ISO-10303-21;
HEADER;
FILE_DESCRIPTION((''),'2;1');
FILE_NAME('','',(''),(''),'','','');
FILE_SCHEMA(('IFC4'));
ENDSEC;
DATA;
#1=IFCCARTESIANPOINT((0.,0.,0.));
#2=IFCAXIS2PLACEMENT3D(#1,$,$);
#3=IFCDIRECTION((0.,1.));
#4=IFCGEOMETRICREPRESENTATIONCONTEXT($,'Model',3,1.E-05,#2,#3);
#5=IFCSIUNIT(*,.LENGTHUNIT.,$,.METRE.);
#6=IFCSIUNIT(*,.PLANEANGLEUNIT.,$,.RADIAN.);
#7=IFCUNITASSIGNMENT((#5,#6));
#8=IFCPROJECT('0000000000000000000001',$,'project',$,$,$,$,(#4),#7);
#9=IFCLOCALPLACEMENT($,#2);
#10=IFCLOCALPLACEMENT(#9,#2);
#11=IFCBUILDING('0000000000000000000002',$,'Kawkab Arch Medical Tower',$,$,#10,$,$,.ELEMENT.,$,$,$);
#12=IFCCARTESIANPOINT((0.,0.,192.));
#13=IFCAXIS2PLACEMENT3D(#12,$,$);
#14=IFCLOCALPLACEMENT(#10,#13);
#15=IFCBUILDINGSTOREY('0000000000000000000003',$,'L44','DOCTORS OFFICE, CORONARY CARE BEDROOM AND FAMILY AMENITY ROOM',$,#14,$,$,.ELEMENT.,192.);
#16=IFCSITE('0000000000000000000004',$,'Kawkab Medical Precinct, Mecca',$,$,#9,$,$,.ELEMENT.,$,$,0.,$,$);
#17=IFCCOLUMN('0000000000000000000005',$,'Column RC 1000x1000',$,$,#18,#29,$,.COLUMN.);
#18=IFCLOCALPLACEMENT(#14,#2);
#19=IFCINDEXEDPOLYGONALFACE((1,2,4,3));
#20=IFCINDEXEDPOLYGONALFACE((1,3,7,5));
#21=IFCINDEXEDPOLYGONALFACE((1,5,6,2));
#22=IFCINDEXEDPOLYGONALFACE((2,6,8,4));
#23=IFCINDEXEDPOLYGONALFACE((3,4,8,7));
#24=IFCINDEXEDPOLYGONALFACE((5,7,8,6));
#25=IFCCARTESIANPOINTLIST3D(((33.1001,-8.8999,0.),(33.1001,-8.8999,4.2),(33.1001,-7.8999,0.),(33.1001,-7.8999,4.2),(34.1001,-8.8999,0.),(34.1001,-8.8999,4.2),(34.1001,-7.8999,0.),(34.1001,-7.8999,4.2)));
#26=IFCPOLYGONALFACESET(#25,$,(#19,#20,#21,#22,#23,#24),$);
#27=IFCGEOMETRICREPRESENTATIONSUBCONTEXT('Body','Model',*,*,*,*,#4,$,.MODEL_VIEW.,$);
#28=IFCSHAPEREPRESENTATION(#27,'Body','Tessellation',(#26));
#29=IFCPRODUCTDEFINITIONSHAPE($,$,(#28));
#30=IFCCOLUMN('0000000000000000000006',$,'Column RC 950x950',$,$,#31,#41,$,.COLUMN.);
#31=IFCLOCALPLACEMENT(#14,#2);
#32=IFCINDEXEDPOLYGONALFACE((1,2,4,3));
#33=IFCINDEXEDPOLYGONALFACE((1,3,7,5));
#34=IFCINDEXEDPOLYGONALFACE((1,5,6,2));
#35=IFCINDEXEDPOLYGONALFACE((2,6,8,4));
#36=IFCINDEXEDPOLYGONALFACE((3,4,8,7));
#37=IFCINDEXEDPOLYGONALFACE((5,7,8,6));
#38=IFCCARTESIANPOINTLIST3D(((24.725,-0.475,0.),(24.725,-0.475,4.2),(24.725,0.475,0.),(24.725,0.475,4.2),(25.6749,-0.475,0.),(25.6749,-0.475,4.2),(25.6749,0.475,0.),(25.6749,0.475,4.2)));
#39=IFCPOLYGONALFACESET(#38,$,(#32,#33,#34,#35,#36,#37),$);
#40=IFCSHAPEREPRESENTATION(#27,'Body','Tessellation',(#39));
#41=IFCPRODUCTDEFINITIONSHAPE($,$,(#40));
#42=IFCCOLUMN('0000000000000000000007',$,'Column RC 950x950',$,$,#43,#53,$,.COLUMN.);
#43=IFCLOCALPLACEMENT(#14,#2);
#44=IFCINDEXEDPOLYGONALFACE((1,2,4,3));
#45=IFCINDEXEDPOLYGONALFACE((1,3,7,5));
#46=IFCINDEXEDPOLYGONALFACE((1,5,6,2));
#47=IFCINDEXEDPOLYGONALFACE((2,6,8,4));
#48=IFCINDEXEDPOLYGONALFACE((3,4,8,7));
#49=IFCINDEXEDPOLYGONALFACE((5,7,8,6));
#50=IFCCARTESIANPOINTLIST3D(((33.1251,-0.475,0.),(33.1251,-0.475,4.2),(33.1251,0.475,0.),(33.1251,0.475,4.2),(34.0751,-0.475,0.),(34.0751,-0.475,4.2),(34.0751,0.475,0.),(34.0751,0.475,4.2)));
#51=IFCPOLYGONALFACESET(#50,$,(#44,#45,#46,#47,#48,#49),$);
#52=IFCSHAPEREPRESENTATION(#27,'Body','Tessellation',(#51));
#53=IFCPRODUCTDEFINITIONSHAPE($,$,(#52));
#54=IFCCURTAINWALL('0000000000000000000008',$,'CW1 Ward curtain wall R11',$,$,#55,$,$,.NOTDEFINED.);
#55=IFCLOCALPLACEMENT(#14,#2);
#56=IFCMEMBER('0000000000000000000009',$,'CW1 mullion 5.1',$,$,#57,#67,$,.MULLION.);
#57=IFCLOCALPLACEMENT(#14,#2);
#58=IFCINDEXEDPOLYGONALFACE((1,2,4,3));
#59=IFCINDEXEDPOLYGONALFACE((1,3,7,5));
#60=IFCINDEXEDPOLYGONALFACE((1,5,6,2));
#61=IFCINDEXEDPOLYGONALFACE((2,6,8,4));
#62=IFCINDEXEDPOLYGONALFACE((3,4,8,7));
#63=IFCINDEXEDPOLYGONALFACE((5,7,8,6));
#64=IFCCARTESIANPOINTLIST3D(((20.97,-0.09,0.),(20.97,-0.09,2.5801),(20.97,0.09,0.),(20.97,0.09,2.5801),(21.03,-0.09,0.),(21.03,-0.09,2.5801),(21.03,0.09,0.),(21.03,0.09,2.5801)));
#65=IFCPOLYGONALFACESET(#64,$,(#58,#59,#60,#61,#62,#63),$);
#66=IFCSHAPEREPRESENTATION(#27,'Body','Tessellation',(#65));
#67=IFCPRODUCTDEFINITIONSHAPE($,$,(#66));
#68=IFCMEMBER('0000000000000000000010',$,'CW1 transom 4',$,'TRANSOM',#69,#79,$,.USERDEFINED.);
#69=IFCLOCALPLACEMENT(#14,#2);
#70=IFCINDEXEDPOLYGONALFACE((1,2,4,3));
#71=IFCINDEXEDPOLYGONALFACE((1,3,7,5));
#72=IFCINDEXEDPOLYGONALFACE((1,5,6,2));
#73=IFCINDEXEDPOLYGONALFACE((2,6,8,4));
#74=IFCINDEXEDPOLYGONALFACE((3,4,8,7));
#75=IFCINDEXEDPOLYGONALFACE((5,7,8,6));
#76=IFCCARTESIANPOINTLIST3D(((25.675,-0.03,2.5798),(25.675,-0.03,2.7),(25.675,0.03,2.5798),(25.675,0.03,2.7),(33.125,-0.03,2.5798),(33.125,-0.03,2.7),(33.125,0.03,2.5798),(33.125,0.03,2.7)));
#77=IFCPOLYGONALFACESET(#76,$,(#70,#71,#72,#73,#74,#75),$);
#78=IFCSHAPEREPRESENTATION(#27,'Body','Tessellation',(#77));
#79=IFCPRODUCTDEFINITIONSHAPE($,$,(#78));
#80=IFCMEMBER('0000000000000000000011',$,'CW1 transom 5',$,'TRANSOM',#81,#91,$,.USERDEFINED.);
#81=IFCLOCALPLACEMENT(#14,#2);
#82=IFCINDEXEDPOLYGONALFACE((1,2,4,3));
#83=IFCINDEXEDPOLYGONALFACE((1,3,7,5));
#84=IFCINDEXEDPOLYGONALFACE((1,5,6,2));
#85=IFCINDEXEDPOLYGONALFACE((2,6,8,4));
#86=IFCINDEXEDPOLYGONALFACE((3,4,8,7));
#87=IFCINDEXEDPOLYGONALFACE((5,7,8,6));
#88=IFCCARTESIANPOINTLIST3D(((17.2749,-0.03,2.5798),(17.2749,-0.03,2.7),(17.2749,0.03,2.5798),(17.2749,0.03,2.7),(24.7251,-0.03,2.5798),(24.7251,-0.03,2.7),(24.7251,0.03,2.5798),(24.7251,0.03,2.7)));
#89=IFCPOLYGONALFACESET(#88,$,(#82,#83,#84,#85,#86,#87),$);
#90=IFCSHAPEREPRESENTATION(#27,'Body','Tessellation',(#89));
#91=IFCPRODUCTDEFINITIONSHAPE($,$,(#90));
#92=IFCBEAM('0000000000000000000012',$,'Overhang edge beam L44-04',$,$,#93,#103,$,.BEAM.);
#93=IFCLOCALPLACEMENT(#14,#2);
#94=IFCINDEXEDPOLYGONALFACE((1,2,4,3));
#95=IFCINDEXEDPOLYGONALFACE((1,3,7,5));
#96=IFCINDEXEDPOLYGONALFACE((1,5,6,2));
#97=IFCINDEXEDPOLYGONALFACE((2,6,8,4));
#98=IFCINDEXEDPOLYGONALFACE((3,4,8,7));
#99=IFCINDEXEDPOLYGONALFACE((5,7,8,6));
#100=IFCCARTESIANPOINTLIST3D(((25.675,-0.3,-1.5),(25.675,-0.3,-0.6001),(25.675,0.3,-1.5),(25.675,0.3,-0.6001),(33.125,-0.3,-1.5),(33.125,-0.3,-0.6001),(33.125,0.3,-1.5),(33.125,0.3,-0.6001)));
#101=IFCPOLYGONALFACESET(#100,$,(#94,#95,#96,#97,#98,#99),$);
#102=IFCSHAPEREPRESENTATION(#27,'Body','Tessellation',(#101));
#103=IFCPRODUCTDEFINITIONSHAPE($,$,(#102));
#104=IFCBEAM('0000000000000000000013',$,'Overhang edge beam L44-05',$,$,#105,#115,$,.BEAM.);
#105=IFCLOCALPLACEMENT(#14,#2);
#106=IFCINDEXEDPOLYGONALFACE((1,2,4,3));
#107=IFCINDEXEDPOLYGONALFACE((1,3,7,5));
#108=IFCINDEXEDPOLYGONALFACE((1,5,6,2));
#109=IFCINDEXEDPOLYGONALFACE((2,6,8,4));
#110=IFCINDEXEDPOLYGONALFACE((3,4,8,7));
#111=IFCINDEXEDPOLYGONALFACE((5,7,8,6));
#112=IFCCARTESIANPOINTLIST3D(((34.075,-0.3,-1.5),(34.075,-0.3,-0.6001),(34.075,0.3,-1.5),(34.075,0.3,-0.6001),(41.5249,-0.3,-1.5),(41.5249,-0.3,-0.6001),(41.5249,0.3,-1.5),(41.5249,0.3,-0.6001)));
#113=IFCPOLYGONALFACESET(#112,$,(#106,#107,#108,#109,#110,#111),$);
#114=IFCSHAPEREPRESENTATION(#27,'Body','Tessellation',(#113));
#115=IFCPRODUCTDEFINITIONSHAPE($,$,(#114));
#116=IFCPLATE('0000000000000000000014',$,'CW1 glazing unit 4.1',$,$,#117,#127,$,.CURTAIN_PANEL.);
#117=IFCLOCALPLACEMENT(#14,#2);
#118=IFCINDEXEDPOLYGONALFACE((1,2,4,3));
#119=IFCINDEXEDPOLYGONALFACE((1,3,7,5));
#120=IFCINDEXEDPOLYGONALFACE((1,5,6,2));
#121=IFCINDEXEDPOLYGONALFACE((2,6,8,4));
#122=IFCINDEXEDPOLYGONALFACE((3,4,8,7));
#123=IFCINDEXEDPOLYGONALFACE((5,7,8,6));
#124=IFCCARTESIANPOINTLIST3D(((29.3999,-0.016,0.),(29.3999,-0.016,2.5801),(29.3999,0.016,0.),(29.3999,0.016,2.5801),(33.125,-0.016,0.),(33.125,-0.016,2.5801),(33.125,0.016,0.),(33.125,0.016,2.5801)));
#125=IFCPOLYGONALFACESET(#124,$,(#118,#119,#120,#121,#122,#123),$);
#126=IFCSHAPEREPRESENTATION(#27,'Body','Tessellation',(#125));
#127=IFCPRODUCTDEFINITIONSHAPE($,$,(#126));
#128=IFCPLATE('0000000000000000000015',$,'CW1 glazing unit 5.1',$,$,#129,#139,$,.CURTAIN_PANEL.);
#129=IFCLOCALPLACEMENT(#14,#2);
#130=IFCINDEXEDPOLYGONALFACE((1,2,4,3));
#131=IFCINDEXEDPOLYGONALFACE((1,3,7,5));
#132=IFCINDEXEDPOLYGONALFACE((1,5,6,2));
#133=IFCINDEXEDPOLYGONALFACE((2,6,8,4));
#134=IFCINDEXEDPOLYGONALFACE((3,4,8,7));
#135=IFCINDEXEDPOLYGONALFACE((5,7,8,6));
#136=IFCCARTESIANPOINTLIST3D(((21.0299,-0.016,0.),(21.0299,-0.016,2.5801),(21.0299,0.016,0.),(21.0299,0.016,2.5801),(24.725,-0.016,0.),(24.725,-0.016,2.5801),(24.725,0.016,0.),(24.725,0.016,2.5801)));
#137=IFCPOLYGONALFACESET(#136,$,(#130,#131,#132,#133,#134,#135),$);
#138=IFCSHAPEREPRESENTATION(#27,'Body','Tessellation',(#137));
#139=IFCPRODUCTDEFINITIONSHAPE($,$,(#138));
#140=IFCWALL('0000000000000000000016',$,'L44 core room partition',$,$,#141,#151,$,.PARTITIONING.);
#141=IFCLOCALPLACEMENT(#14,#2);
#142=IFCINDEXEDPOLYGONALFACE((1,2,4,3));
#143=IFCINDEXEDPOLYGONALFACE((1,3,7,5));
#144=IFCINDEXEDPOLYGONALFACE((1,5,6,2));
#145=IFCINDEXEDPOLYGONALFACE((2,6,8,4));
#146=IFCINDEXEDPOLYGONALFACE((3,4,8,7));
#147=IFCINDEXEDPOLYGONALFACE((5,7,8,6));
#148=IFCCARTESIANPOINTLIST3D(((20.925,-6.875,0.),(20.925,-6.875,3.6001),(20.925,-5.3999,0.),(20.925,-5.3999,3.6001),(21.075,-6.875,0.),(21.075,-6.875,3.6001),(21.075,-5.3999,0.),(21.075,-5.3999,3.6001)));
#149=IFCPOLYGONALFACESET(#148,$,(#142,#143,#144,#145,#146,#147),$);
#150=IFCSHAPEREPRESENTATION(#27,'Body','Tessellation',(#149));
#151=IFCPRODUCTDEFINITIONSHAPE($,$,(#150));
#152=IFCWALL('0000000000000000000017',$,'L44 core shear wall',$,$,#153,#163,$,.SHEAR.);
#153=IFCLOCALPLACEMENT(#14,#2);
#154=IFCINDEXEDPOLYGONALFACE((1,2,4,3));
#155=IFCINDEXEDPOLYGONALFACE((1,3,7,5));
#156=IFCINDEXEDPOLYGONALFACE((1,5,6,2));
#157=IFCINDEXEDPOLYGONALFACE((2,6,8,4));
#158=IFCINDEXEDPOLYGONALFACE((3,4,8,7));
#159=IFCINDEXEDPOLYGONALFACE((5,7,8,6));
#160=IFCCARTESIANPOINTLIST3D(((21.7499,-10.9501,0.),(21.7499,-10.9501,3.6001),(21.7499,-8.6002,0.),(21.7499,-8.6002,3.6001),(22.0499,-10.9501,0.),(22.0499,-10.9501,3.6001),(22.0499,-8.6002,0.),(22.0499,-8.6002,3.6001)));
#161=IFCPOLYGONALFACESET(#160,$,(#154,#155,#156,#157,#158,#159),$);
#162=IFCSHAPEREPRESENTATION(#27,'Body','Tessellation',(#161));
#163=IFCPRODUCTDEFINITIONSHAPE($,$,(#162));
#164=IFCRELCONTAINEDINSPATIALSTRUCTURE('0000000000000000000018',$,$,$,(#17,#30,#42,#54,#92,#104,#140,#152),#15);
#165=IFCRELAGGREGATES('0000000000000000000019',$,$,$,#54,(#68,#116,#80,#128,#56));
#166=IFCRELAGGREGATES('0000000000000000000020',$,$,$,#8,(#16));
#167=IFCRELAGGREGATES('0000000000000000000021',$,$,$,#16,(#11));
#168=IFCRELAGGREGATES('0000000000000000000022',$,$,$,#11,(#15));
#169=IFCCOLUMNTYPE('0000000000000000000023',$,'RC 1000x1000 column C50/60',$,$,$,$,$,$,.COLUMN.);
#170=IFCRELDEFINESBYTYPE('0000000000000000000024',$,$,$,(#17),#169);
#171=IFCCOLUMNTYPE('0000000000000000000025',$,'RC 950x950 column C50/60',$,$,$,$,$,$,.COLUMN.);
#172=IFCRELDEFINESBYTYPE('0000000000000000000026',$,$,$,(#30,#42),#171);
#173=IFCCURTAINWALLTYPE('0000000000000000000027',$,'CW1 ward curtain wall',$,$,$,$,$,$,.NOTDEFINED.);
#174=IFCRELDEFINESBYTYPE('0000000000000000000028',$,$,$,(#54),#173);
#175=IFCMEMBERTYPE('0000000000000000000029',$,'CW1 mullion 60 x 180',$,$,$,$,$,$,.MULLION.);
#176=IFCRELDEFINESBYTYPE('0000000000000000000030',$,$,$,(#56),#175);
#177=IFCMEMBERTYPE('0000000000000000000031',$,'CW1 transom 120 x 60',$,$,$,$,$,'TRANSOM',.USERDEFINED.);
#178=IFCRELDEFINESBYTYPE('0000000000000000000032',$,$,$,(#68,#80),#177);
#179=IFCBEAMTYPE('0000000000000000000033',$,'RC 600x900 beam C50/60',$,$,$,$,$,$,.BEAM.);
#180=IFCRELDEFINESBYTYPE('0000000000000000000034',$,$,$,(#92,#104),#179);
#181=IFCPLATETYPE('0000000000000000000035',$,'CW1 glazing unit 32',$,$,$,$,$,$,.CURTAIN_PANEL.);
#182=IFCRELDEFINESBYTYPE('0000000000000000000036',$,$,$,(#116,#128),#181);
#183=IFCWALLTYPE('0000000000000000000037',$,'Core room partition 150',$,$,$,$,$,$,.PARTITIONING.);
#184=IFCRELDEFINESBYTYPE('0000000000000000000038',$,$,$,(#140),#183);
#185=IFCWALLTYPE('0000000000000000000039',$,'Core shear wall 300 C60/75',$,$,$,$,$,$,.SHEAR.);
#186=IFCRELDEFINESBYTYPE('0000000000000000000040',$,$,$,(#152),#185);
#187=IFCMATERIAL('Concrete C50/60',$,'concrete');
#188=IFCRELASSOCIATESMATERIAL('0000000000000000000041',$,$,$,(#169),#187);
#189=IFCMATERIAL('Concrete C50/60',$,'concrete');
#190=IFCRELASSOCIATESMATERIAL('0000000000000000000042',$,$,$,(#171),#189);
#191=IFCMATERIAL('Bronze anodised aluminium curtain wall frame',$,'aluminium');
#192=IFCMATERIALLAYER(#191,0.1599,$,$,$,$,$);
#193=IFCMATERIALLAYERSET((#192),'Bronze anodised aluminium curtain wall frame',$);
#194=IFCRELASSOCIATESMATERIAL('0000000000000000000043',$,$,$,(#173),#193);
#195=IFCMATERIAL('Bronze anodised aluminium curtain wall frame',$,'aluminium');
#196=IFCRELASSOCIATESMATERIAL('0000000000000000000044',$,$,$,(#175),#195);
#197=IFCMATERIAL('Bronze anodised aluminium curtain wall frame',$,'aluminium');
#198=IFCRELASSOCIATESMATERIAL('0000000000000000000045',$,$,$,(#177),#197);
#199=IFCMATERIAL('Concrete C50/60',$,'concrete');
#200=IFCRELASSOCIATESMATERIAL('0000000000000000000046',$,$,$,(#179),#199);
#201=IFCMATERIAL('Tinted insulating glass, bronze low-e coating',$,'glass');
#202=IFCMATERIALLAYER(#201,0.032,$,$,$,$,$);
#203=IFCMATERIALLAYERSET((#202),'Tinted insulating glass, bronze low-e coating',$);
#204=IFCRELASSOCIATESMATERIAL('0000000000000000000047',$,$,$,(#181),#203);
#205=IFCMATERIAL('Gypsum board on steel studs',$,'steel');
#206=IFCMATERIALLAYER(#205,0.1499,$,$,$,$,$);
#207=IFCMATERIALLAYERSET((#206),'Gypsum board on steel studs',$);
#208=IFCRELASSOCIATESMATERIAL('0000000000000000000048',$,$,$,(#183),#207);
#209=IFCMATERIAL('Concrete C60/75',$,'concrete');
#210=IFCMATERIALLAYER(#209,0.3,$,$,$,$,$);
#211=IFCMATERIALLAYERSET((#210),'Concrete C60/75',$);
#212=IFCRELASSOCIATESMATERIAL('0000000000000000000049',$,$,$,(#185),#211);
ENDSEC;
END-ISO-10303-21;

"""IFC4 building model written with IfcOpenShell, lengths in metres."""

from ifc_helpers import new_model, si_unit, direction, frame, frame_2d, origin, origin_2d, place, context, subcontext, project, spatial, rectangle, extrude, material, layer, layer_set, material_profile, profile_set, type_object, element, aggregate, save


model = new_model("IFC4")

# Units and contexts
model_context = context("Model", 3, precision=1e-05, world=origin(), true_north=direction((0.0, 1.0)))
body_context = subcontext(model_context, "Body", "Model", "MODEL_VIEW")
ifc_project = project(units=[si_unit("LENGTHUNIT", "METRE"), si_unit("PLANEANGLEUNIT", "RADIAN")], contexts=[model_context])

# Site, building, storey
site_placement = place(None, origin())
site = spatial("IfcSite", under=ifc_project, at=site_placement, Name="Kawkab Medical Precinct, Mecca", CompositionType="ELEMENT", RefElevation=0.0)
building_placement = place(site_placement, origin())
building = spatial("IfcBuilding", under=site, at=building_placement, Name="Kawkab Arch Medical Tower", CompositionType="ELEMENT")
storey_placement = place(building_placement, frame((0.0, 0.0, 192.0)))
storey = spatial("IfcBuildingStorey", under=building, at=storey_placement, Name="L44", Description="DOCTORS OFFICE, CORONARY CARE BEDROOM AND FAMILY AMENITY ROOM", CompositionType="ELEMENT", Elevation=192.0)

# Columns
ifc_material_1 = material(Name="Concrete C50/60", Category="concrete")
ifc_material_profile_1 = material_profile(ifc_material_1, rectangle(XDim=1.0, YDim=1.0, at=origin_2d()), Name="RC 1000x1000")
ifc_profile_set_1 = profile_set([ifc_material_profile_1], Name="Concrete C50/60")
column_type_1 = type_object("IfcColumnType", Name="RC 1000x1000 column C50/60", PredefinedType="COLUMN", material=ifc_profile_set_1)
column_placement = place(storey_placement, frame((33.6001, -8.3999, 0.0), z_axis=(0.0, 0.0, 1.0), x_axis=(1.0, 0.0, 0.0)))
element("IfcColumn", 1, at=column_placement, inside=storey, type_object=column_type_1, Name="Column RC 1000x1000", PredefinedType="COLUMN", context=body_context, shape_type="SweptSolid", body=[
    extrude(rectangle(XDim=1.0, YDim=1.0, at=origin_2d()), origin(), (0.0, 0.0, 1.0), 4.2),
])
ifc_material_2 = material(Name="Concrete C50/60", Category="concrete")
ifc_material_profile_2 = material_profile(ifc_material_2, rectangle(XDim=0.95, YDim=0.95, at=origin_2d()), Name="RC 950x950")
ifc_profile_set_2 = profile_set([ifc_material_profile_2], Name="Concrete C50/60")
column_type_2 = type_object("IfcColumnType", Name="RC 950x950 column C50/60", PredefinedType="COLUMN", material=ifc_profile_set_2)
for number, where, z_axis, x_axis, name in (
    (2, (25.2, 0.0, 0.0), (0.0, 0.0, 1.0), (1.0, 0.0, 0.0), "Column RC 950x950"),
    (3, (33.6001, 0.0, 0.0), (0.0, 0.0, 1.0), (1.0, 0.0, 0.0), "Column RC 950x950"),
):
    element("IfcColumn", number, at=place(storey_placement, frame(where, z_axis=z_axis, x_axis=x_axis)), inside=storey, type_object=column_type_2, Name=name, PredefinedType="COLUMN", context=body_context, shape_type="SweptSolid", body=[
        extrude(rectangle(XDim=0.95, YDim=0.95, at=origin_2d()), origin(), (0.0, 0.0, 1.0), 4.2),
    ])

# Curtain wall, members
ifc_material_3 = material(Name="Bronze anodised aluminium curtain wall frame", Category="aluminium")
ifc_layer_1 = layer(ifc_material_3, 0.1599)
ifc_layer_set_1 = layer_set([ifc_layer_1], Name="Bronze anodised aluminium curtain wall frame")
curtain_wall_type = type_object("IfcCurtainWallType", Name="CW1 ward curtain wall", PredefinedType="NOTDEFINED", material=ifc_layer_set_1)
placement = place(storey_placement, origin())
curtain_wall = element("IfcCurtainWall", 4, at=placement, inside=storey, type_object=curtain_wall_type, Name="CW1 Ward curtain wall R11", PredefinedType="NOTDEFINED")
ifc_material_4 = material(Name="Bronze anodised aluminium curtain wall frame", Category="aluminium")
ifc_material_profile_3 = material_profile(ifc_material_4, rectangle(XDim=0.1799, YDim=0.0601, at=origin_2d()), Name="AL 60x180")
ifc_profile_set_3 = profile_set([ifc_material_profile_3], Name="Bronze anodised aluminium curtain wall frame")
member_type_1 = type_object("IfcMemberType", Name="CW1 mullion 60 x 180", PredefinedType="MULLION", material=ifc_profile_set_3)
member_1_placement = place(storey_placement, frame((21.0, 0.0, 0.0), z_axis=(0.0, 0.0, 1.0), x_axis=(0.0, -1.0, 0.0)))
member_1 = element("IfcMember", 5, at=member_1_placement, type_object=member_type_1, Name="CW1 mullion 5.1", PredefinedType="MULLION", context=body_context, shape_type="SweptSolid", body=[
    extrude(rectangle(XDim=0.1799, YDim=0.0601, at=origin_2d()), origin(), (0.0, 0.0, 1.0), 2.5801),
])
ifc_material_5 = material(Name="Bronze anodised aluminium curtain wall frame", Category="aluminium")
ifc_material_profile_4 = material_profile(ifc_material_5, rectangle(XDim=0.0601, YDim=0.1201, at=origin_2d()), Name="AL 60x120")
ifc_profile_set_4 = profile_set([ifc_material_profile_4], Name="Bronze anodised aluminium curtain wall frame")
member_type_2 = type_object("IfcMemberType", Name="CW1 transom 120 x 60", ElementType="TRANSOM", PredefinedType="USERDEFINED", material=ifc_profile_set_4)
member_2_placement = place(storey_placement, frame((33.125, 0.0, 2.6399), z_axis=(-1.0, 0.0, 0.0), x_axis=(0.0, -1.0, 0.0)))
member_2 = element("IfcMember", 6, at=member_2_placement, type_object=member_type_2, Name="CW1 transom 4", ObjectType="TRANSOM", PredefinedType="USERDEFINED", context=body_context, shape_type="SweptSolid", body=[
    extrude(rectangle(XDim=0.0601, YDim=0.1201, at=origin_2d()), origin(), (0.0, 0.0, 1.0), 7.45),
])
member_3_placement = place(storey_placement, frame((24.7251, 0.0, 2.6399), z_axis=(-1.0, 0.0, 0.0), x_axis=(0.0, -1.0, 0.0)))
member_3 = element("IfcMember", 7, at=member_3_placement, type_object=member_type_2, Name="CW1 transom 5", ObjectType="TRANSOM", PredefinedType="USERDEFINED", context=body_context, shape_type="SweptSolid", body=[
    extrude(rectangle(XDim=0.0601, YDim=0.1201, at=origin_2d()), origin(), (0.0, 0.0, 1.0), 7.4502),
])

# Beams
ifc_material_6 = material(Name="Concrete C50/60", Category="concrete")
ifc_material_profile_5 = material_profile(ifc_material_6, rectangle(XDim=0.6001, YDim=0.8999, at=origin_2d()), Name="RC 600x900")
ifc_profile_set_5 = profile_set([ifc_material_profile_5], Name="Concrete C50/60")
beam_type = type_object("IfcBeamType", Name="RC 600x900 beam C50/60", PredefinedType="BEAM", material=ifc_profile_set_5)
for number, where, z_axis, x_axis, name in (
    (8, (25.675, 0.0, -1.05), (1.0, 0.0, 0.0), (0.0, 1.0, 0.0), "Overhang edge beam L44-04"),
    (9, (34.075, 0.0, -1.05), (1.0, 0.0, 0.0), (0.0, 1.0, 0.0), "Overhang edge beam L44-05"),
):
    element("IfcBeam", number, at=place(storey_placement, frame(where, z_axis=z_axis, x_axis=x_axis)), inside=storey, type_object=beam_type, Name=name, PredefinedType="BEAM", context=body_context, shape_type="SweptSolid", body=[
        extrude(rectangle(XDim=0.6001, YDim=0.8999, at=origin_2d()), origin(), (0.0, 0.0, 1.0), 7.45),
    ])

# Plates
ifc_material_7 = material(Name="Tinted insulating glass, bronze low-e coating", Category="glass")
ifc_layer_2 = layer(ifc_material_7, 0.032)
ifc_layer_set_2 = layer_set([ifc_layer_2], Name="Tinted insulating glass, bronze low-e coating")
plate_type = type_object("IfcPlateType", Name="CW1 glazing unit 32", PredefinedType="CURTAIN_PANEL", material=ifc_layer_set_2)
plate_1_placement = place(storey_placement, frame((31.2625, 0.0, 0.0), z_axis=(0.0, 0.0, 1.0), x_axis=(-1.0, 0.0, 0.0)))
plate_1 = element("IfcPlate", 10, at=plate_1_placement, type_object=plate_type, Name="CW1 glazing unit 4.1", PredefinedType="CURTAIN_PANEL", context=body_context, shape_type="SweptSolid", body=[
    extrude(rectangle(XDim=3.7251, YDim=0.032, at=origin_2d()), origin(), (0.0, 0.0, 1.0), 2.5801),
])
plate_2_placement = place(storey_placement, frame((22.8774, 0.0, 0.0), z_axis=(0.0, 0.0, 1.0), x_axis=(-1.0, 0.0, 0.0)))
plate_2 = element("IfcPlate", 11, at=plate_2_placement, type_object=plate_type, Name="CW1 glazing unit 5.1", PredefinedType="CURTAIN_PANEL", context=body_context, shape_type="SweptSolid", body=[
    extrude(rectangle(XDim=3.6951, YDim=0.032, at=origin_2d()), origin(), (0.0, 0.0, 1.0), 2.5801),
])
aggregate(curtain_wall, [member_2, plate_1, member_3, plate_2, member_1])

# Walls
ifc_material_8 = material(Name="Gypsum board on steel studs", Category="steel")
ifc_layer_3 = layer(ifc_material_8, 0.1499)
ifc_layer_set_3 = layer_set([ifc_layer_3], Name="Gypsum board on steel studs")
wall_type_1 = type_object("IfcWallType", Name="Core room partition 150", PredefinedType="PARTITIONING", material=ifc_layer_set_3)
wall_1_placement = place(storey_placement, frame((21.0, -6.875, 0.0), z_axis=(0.0, 0.0, 1.0), x_axis=(0.0, 1.0, 0.0)))
element("IfcWall", 12, at=wall_1_placement, inside=storey, type_object=wall_type_1, Name="L44 core room partition", PredefinedType="PARTITIONING", context=body_context, shape_type="SweptSolid", body=[
    extrude(rectangle(XDim=1.4751, YDim=0.1499, at=frame_2d((0.7375, 0.0))), origin(), (0.0, 0.0, 1.0), 3.6001),
])
ifc_material_9 = material(Name="Concrete C60/75", Category="concrete")
ifc_layer_4 = layer(ifc_material_9, 0.3)
ifc_layer_set_4 = layer_set([ifc_layer_4], Name="Concrete C60/75")
wall_type_2 = type_object("IfcWallType", Name="Core shear wall 300 C60/75", PredefinedType="SHEAR", material=ifc_layer_set_4)
wall_2_placement = place(storey_placement, frame((21.8999, -10.95, 0.0), z_axis=(0.0, 0.0, 1.0), x_axis=(0.0, 1.0, 0.0)))
element("IfcWall", 13, at=wall_2_placement, inside=storey, type_object=wall_type_2, Name="L44 core shear wall", PredefinedType="SHEAR", context=body_context, shape_type="SweptSolid", body=[
    extrude(rectangle(XDim=2.3499, YDim=0.3, at=frame_2d((1.1748, 0.0))), origin(), (0.0, 0.0, 1.0), 3.6001),
])

save(model, "model.ifc")
